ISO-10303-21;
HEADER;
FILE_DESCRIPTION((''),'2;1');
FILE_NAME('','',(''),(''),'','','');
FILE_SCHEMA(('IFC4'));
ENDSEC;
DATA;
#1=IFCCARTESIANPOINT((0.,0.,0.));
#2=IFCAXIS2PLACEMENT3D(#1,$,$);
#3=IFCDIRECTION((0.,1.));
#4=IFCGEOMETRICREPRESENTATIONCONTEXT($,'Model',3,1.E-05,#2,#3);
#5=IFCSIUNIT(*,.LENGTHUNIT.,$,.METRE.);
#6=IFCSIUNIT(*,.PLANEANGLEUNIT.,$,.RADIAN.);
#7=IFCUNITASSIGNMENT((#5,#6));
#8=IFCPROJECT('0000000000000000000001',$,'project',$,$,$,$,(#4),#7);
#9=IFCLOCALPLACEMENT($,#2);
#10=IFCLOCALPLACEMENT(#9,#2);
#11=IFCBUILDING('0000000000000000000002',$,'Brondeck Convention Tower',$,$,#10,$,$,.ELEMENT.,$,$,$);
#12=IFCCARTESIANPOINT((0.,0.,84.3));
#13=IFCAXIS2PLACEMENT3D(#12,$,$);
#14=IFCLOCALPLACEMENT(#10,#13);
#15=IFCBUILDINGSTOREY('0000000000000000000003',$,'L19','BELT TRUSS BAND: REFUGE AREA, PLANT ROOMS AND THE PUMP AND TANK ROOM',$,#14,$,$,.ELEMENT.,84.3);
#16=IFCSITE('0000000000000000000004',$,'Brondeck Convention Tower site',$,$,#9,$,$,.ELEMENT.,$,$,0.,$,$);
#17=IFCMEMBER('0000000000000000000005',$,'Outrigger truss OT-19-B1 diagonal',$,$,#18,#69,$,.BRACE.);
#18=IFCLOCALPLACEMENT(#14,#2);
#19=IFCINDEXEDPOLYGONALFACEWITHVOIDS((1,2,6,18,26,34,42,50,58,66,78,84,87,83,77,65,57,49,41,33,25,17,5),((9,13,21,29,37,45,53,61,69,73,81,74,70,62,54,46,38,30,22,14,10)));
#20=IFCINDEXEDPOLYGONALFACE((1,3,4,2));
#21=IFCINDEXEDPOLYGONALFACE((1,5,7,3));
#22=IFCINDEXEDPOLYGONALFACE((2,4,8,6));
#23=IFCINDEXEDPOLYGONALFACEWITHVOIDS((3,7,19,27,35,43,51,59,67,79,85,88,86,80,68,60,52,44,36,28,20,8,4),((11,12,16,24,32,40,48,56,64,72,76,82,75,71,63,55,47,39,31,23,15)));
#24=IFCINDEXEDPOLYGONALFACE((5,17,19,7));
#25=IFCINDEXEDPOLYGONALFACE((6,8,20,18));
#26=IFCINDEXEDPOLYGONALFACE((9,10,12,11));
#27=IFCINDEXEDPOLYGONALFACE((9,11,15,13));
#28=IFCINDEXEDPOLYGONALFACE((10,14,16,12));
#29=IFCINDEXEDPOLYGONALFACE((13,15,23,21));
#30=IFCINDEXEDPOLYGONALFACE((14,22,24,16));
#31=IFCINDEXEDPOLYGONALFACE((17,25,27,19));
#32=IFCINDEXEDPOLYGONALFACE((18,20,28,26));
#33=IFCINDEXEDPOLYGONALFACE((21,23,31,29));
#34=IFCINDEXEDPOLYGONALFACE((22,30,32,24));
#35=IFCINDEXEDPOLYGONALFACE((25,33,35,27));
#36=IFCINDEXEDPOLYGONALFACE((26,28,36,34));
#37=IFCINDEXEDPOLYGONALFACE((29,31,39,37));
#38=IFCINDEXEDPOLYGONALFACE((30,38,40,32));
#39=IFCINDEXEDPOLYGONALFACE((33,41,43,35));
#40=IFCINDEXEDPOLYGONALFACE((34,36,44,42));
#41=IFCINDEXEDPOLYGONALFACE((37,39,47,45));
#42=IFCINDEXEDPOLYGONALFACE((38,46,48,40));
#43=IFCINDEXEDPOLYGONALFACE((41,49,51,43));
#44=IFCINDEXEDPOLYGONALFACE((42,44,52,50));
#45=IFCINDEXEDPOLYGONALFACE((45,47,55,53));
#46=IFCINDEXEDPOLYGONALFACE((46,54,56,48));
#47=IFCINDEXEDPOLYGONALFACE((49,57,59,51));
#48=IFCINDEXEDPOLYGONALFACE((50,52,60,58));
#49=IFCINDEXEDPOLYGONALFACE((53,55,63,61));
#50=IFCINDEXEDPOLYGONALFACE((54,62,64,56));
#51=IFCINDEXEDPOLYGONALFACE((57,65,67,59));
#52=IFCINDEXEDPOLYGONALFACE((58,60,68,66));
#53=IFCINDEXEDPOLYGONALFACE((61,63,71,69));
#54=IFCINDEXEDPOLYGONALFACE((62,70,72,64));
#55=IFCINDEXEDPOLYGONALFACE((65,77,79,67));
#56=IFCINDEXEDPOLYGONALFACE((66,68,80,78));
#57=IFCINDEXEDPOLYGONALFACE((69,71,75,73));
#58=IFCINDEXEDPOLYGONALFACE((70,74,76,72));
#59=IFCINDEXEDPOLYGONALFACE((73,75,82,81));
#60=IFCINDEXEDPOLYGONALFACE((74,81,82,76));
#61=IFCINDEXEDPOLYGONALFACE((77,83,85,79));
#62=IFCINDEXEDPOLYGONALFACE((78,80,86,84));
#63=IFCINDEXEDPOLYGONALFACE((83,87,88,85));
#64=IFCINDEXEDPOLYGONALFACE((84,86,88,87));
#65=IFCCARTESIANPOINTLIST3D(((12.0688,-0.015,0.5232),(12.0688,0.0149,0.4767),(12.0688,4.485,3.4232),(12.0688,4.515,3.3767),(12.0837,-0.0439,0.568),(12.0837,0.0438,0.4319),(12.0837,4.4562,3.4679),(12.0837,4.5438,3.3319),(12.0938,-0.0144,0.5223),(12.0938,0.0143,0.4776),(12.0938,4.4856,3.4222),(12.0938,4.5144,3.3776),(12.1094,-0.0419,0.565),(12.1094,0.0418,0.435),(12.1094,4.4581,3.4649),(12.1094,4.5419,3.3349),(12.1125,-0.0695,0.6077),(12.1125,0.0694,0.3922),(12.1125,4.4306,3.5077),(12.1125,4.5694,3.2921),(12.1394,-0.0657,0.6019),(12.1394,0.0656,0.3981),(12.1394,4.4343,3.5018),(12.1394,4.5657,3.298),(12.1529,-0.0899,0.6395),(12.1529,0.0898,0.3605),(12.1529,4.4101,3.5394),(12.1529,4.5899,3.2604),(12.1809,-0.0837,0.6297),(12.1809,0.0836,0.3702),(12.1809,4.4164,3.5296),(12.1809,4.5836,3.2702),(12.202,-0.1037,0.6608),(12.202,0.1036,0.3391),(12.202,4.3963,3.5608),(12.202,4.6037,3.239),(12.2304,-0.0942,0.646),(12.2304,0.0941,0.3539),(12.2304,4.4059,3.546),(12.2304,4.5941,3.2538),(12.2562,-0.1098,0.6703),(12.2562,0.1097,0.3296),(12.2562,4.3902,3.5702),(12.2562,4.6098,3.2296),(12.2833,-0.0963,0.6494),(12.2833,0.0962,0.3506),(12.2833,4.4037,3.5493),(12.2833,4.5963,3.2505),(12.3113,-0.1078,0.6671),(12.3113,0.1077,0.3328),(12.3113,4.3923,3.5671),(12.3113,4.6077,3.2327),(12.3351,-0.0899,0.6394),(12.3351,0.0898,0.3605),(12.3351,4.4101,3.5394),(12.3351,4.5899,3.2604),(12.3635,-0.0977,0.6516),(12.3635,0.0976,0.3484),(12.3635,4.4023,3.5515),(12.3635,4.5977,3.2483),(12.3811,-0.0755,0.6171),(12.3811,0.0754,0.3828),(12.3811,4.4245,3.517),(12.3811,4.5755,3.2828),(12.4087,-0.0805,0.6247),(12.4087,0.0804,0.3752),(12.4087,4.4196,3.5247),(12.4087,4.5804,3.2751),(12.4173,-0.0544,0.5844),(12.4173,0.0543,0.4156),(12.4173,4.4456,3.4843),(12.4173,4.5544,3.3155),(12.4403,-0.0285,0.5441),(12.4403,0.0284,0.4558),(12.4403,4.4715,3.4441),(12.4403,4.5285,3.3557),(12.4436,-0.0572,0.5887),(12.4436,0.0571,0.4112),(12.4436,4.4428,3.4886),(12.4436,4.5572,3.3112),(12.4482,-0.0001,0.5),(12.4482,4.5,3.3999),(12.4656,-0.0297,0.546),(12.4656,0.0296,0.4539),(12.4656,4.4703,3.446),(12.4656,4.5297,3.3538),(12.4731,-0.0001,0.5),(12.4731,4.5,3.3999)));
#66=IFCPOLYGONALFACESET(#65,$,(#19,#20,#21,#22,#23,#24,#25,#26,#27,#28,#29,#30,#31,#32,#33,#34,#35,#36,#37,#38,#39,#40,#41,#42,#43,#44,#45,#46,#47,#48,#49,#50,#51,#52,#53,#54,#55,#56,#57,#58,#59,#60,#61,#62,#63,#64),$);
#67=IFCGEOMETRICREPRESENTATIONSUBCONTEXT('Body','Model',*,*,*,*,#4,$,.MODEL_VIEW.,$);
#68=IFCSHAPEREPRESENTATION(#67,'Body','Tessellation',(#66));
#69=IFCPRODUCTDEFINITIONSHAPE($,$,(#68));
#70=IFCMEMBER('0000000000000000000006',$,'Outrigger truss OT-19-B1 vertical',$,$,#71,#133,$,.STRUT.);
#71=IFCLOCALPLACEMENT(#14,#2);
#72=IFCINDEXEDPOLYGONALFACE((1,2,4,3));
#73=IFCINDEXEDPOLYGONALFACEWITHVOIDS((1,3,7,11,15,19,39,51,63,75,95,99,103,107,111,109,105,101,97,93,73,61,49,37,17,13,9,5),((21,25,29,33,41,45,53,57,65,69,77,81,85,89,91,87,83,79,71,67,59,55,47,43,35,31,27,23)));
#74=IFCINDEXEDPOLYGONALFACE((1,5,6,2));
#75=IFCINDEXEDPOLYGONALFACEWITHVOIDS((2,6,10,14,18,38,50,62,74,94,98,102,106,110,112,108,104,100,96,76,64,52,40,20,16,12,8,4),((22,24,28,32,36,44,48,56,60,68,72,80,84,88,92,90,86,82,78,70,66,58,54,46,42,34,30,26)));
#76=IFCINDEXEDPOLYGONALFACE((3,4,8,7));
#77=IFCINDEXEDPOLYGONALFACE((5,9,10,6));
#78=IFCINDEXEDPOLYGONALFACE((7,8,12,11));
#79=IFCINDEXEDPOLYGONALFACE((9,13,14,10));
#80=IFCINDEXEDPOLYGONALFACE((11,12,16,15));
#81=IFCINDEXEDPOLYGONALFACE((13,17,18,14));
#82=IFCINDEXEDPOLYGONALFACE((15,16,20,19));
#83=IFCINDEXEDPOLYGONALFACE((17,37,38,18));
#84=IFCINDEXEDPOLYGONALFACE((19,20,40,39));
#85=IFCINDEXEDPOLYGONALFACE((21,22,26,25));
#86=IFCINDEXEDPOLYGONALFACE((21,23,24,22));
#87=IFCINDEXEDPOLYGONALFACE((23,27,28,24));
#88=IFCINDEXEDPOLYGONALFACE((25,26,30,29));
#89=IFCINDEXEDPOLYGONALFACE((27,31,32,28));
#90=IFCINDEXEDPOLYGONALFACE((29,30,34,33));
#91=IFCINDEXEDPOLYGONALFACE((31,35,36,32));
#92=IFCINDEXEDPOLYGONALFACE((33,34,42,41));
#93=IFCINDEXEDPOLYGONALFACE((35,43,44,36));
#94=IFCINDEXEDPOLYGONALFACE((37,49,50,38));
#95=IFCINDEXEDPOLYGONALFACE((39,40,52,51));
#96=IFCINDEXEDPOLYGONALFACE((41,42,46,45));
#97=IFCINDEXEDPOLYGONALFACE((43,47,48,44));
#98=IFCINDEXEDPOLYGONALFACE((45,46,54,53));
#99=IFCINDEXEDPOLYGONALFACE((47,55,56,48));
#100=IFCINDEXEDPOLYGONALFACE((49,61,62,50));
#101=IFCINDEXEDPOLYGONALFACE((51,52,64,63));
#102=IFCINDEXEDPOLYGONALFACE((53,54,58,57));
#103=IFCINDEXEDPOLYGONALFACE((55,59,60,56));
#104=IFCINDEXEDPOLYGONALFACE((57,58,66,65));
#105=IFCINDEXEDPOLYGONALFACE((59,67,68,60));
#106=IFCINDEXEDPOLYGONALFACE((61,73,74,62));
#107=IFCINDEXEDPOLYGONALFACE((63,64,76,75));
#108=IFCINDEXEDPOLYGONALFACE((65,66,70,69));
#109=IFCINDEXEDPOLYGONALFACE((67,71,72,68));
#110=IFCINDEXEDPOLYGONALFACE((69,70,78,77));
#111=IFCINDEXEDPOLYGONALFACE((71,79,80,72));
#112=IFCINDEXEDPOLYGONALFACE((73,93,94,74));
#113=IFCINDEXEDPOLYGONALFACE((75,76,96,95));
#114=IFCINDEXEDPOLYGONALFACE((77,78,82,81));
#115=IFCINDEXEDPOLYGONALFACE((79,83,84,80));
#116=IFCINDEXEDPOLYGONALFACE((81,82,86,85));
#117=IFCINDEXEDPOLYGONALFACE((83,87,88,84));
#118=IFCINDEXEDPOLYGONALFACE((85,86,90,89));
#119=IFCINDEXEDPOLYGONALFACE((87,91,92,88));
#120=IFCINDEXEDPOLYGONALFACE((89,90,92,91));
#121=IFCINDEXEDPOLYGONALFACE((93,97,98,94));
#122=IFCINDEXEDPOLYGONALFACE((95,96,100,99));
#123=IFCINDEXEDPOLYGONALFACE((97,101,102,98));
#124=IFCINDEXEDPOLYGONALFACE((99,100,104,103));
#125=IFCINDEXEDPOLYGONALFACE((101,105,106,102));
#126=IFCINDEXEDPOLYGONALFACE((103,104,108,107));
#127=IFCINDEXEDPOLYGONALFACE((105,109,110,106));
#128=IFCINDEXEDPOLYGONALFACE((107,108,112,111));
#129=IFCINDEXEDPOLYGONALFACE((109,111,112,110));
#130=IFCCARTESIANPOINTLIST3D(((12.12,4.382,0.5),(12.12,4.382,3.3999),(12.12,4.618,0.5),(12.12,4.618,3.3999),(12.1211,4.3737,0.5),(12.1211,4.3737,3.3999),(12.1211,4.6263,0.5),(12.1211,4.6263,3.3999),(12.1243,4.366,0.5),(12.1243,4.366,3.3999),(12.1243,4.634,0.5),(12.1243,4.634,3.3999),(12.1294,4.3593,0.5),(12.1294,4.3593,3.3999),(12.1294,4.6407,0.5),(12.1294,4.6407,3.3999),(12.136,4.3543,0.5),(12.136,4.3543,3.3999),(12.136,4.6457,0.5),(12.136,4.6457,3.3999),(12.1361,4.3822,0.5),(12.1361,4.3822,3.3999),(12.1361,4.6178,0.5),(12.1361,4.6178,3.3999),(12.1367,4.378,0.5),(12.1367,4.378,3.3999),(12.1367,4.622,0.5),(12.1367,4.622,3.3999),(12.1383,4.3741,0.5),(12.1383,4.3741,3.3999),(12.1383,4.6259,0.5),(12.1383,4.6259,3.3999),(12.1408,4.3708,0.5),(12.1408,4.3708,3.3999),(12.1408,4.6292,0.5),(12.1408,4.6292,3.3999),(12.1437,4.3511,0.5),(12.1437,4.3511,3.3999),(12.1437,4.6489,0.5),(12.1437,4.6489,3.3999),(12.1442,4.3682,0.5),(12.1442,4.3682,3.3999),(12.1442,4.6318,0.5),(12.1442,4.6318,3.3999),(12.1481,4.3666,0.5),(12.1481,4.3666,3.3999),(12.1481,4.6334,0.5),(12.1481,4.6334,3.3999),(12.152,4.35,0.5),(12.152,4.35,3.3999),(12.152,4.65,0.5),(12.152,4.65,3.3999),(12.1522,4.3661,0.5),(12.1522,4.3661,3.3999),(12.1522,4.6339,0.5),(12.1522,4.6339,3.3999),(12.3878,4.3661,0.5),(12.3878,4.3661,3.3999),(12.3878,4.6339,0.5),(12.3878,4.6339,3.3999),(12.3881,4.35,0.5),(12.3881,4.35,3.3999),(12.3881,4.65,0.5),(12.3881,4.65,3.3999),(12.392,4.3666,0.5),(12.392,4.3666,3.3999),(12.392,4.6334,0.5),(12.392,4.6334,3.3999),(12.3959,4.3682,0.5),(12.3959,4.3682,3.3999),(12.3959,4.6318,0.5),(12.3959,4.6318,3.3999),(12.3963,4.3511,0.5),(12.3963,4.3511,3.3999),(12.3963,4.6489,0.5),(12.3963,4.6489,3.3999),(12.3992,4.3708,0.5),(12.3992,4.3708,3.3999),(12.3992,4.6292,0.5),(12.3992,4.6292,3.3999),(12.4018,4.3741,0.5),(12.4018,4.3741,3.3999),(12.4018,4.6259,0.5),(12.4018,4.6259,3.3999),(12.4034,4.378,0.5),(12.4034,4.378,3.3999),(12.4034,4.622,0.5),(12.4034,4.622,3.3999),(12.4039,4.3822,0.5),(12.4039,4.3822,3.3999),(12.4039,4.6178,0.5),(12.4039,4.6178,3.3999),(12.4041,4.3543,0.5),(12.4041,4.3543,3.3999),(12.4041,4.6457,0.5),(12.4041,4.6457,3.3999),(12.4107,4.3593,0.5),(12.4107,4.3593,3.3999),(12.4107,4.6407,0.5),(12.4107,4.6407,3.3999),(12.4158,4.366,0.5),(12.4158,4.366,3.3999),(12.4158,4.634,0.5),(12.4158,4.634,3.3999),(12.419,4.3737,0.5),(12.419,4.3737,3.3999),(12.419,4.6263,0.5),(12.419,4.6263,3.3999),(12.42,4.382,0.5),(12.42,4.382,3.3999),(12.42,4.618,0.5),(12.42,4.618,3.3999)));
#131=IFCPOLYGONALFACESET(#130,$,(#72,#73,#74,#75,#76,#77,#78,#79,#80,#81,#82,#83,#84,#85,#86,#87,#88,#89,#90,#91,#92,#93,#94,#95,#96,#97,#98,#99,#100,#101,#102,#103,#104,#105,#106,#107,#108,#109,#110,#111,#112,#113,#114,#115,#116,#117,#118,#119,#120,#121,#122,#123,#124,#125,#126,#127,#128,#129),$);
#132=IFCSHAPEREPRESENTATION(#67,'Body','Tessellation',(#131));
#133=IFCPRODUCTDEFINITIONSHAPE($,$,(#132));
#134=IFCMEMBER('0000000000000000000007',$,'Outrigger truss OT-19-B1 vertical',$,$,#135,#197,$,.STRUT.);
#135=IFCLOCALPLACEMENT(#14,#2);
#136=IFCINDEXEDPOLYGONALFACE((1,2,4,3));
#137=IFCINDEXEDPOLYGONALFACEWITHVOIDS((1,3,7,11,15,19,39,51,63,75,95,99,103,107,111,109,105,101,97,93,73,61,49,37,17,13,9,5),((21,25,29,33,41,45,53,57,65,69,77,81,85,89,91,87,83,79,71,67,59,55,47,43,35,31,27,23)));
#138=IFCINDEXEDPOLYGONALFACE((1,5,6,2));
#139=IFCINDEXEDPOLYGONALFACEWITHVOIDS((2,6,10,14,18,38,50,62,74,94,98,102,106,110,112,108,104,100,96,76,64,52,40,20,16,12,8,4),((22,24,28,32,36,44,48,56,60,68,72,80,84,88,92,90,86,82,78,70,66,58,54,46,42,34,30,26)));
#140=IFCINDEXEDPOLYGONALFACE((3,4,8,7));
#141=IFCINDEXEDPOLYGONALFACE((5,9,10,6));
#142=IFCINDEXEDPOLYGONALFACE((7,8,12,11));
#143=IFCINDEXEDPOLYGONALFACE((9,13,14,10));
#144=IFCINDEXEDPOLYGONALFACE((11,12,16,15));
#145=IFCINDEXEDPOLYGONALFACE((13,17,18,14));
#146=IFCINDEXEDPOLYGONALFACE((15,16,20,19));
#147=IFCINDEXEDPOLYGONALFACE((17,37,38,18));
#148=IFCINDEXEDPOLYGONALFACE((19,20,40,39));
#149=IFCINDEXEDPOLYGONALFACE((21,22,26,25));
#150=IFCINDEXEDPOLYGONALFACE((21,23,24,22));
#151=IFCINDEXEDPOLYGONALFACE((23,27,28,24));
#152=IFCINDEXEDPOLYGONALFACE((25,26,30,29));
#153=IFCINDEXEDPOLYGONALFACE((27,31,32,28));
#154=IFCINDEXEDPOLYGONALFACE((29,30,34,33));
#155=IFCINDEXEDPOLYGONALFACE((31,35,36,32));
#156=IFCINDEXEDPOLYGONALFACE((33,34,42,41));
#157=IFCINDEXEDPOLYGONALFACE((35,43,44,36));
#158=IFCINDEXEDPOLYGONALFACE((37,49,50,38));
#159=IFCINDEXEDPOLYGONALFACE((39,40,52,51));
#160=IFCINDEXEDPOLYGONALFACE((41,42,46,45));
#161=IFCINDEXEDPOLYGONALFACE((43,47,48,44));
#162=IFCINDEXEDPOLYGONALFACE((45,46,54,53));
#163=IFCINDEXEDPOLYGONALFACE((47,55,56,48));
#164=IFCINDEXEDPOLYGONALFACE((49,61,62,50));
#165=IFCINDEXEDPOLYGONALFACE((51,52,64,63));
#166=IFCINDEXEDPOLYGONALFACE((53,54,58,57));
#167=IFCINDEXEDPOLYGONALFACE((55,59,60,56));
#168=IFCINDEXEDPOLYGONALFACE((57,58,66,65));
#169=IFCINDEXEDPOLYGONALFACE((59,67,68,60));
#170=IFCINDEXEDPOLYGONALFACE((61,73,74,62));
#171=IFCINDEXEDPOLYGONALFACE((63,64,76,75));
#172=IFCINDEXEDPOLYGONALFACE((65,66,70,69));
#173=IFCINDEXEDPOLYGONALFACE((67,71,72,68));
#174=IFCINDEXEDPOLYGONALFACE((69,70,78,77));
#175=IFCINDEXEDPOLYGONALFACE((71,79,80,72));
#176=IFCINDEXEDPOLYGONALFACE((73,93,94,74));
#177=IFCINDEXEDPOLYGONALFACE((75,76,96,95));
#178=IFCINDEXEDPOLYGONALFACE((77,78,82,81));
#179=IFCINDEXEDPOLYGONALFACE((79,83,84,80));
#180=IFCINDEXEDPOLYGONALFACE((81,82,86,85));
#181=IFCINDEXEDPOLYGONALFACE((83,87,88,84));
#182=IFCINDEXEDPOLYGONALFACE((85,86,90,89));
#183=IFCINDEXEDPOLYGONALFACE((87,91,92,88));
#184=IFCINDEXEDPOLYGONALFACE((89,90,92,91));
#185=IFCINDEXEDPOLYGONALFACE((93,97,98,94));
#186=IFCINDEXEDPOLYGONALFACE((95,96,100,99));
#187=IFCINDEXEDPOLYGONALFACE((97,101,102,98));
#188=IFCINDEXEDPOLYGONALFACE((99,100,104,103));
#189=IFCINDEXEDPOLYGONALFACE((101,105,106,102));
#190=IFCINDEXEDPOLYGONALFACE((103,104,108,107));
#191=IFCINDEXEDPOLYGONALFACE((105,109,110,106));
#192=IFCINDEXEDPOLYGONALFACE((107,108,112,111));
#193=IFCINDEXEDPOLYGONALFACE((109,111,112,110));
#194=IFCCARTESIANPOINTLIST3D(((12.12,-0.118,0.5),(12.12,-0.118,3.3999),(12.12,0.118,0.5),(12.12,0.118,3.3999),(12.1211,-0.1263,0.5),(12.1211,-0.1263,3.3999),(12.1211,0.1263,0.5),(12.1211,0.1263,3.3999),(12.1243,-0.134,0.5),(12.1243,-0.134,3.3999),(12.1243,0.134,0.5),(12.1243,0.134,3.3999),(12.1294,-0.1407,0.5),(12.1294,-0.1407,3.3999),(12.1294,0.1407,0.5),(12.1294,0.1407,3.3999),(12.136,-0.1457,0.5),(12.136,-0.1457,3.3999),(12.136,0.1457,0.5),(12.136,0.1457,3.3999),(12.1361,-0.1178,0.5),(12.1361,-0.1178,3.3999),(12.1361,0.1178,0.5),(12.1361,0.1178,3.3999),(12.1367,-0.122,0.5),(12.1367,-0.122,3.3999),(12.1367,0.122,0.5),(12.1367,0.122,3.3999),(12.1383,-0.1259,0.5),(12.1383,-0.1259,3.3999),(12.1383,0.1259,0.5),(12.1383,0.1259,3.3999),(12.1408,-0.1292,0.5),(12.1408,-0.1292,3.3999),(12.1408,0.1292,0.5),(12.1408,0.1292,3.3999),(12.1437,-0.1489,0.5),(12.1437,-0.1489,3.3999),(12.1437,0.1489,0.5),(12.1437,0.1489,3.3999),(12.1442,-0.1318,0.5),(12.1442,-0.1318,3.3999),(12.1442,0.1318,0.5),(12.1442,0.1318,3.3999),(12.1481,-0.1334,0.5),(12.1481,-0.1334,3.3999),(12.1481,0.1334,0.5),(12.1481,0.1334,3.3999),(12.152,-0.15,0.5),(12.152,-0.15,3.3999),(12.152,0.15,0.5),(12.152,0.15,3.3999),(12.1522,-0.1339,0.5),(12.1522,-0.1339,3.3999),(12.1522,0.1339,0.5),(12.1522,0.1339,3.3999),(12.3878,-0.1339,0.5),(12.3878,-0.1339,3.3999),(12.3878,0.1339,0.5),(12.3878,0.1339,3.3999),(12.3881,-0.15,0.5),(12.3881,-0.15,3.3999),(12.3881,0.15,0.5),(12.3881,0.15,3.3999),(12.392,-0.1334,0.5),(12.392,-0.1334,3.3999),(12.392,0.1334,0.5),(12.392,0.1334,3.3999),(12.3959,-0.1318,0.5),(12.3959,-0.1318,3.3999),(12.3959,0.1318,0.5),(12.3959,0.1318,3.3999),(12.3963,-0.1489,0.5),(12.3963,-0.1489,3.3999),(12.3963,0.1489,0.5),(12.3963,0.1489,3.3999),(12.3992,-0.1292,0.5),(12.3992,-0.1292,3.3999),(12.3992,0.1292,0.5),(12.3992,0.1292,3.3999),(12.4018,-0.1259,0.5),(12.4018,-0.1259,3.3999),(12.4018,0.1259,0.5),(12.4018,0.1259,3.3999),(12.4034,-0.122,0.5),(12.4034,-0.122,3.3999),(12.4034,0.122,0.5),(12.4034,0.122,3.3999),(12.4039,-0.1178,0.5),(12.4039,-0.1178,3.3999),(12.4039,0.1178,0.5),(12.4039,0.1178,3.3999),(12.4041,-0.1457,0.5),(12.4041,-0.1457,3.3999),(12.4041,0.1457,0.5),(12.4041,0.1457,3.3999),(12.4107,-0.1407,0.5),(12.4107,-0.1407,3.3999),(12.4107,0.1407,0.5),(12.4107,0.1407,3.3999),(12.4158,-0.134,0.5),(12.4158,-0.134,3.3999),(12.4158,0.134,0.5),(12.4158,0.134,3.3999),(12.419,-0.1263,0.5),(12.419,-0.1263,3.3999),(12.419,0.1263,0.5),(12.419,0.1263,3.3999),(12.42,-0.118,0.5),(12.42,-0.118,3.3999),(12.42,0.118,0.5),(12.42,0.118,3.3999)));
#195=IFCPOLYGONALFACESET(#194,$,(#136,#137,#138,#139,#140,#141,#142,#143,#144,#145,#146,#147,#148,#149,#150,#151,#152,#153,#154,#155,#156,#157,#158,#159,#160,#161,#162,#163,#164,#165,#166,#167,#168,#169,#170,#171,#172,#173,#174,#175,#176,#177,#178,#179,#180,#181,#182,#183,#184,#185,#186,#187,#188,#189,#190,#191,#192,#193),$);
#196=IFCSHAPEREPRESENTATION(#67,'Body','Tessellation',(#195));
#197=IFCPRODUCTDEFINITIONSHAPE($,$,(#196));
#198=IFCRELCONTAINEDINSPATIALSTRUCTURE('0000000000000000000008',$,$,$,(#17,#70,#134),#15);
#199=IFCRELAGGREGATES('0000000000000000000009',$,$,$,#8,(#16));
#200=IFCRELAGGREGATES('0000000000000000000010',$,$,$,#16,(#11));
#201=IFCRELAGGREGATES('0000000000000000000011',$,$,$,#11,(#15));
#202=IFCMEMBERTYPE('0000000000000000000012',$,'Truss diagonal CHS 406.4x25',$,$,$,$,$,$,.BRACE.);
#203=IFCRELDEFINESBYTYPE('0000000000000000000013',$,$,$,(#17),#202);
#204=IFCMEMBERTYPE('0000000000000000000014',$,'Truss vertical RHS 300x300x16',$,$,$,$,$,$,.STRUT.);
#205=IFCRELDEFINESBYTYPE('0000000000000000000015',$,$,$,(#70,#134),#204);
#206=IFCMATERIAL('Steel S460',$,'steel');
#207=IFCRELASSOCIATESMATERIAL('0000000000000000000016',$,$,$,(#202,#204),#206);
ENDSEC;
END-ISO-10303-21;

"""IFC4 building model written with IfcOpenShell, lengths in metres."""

from ifc_helpers import new_model, si_unit, direction, frame, origin, origin_2d, place, context, subcontext, project, spatial, hollow_rectangle, hollow_circle, extrude, material, material_profile, profile_set, type_object, element, save


model = new_model("IFC4")

# Units and contexts
model_context = context("Model", 3, precision=1e-05, world=origin(), true_north=direction((0.0, 1.0)))
body_context = subcontext(model_context, "Body", "Model", "MODEL_VIEW")
ifc_project = project(units=[si_unit("LENGTHUNIT", "METRE"), si_unit("PLANEANGLEUNIT", "RADIAN")], contexts=[model_context])

# Site, building, storey
site_placement = place(None, origin())
site = spatial("IfcSite", under=ifc_project, at=site_placement, Name="Brondeck Convention Tower site", CompositionType="ELEMENT", RefElevation=0.0)
building_placement = place(site_placement, origin())
building = spatial("IfcBuilding", under=site, at=building_placement, Name="Brondeck Convention Tower", CompositionType="ELEMENT")
storey_placement = place(building_placement, frame((0.0, 0.0, 84.3)))
storey = spatial("IfcBuildingStorey", under=building, at=storey_placement, Name="L19", Description="BELT TRUSS BAND: REFUGE AREA, PLANT ROOMS AND THE PUMP AND TANK ROOM", CompositionType="ELEMENT", Elevation=84.3)

# Shared definitions
ifc_material_1 = material(Name="Steel S460", Category="steel")

# Members
ifc_material_profile_1 = material_profile(ifc_material_1, hollow_circle(Radius=0.2031, WallThickness=0.0249, at=origin_2d()), Name="CHS 406.4x25")
ifc_profile_set_1 = profile_set([ifc_material_profile_1], Name="Steel S460")
member_type_1 = type_object("IfcMemberType", Name="Truss diagonal CHS 406.4x25", PredefinedType="BRACE", material=ifc_profile_set_1)
for number, where, z_axis, x_axis, name in (
    (1, (12.27, 4.5, 3.3999), (0.0, -0.840579, -0.541688), (1.0, 0.0, 0.0), "Outrigger truss OT-19-B1 diagonal"),
):
    element("IfcMember", number, at=place(storey_placement, frame(where, z_axis=z_axis, x_axis=x_axis)), inside=storey, type_object=member_type_1, Name=name, PredefinedType="BRACE", context=body_context, shape_type="SweptSolid", body=[
        extrude(hollow_circle(Radius=0.2031, WallThickness=0.0249, at=origin_2d()), origin(), (0.0, 0.0, 1.0), 5.3535),
    ])
ifc_material_profile_2 = material_profile(ifc_material_1, hollow_rectangle(XDim=0.3, YDim=0.3, WallThickness=0.0161, InnerFilletRadius=0.0161, OuterFilletRadius=0.032, at=origin_2d()), Name="RHS 300x300x16")
ifc_profile_set_2 = profile_set([ifc_material_profile_2], Name="Steel S460")
member_type_2 = type_object("IfcMemberType", Name="Truss vertical RHS 300x300x16", PredefinedType="STRUT", material=ifc_profile_set_2)
for number, where, z_axis, x_axis, name in (
    (2, (12.27, 4.5, 0.5), (0.0, 0.0, 1.0), (1.0, 0.0, 0.0), "Outrigger truss OT-19-B1 vertical"),
    (3, (12.27, 0.0, 0.5), (0.0, 0.0, 1.0), (1.0, 0.0, 0.0), "Outrigger truss OT-19-B1 vertical"),
):
    element("IfcMember", number, at=place(storey_placement, frame(where, z_axis=z_axis, x_axis=x_axis)), inside=storey, type_object=member_type_2, Name=name, PredefinedType="STRUT", context=body_context, shape_type="SweptSolid", body=[
        extrude(hollow_rectangle(XDim=0.3, YDim=0.3, WallThickness=0.0161, InnerFilletRadius=0.0161, OuterFilletRadius=0.032, at=origin_2d()), origin(), (0.0, 0.0, 1.0), 2.8999),
    ])

save(model, "model.ifc")
